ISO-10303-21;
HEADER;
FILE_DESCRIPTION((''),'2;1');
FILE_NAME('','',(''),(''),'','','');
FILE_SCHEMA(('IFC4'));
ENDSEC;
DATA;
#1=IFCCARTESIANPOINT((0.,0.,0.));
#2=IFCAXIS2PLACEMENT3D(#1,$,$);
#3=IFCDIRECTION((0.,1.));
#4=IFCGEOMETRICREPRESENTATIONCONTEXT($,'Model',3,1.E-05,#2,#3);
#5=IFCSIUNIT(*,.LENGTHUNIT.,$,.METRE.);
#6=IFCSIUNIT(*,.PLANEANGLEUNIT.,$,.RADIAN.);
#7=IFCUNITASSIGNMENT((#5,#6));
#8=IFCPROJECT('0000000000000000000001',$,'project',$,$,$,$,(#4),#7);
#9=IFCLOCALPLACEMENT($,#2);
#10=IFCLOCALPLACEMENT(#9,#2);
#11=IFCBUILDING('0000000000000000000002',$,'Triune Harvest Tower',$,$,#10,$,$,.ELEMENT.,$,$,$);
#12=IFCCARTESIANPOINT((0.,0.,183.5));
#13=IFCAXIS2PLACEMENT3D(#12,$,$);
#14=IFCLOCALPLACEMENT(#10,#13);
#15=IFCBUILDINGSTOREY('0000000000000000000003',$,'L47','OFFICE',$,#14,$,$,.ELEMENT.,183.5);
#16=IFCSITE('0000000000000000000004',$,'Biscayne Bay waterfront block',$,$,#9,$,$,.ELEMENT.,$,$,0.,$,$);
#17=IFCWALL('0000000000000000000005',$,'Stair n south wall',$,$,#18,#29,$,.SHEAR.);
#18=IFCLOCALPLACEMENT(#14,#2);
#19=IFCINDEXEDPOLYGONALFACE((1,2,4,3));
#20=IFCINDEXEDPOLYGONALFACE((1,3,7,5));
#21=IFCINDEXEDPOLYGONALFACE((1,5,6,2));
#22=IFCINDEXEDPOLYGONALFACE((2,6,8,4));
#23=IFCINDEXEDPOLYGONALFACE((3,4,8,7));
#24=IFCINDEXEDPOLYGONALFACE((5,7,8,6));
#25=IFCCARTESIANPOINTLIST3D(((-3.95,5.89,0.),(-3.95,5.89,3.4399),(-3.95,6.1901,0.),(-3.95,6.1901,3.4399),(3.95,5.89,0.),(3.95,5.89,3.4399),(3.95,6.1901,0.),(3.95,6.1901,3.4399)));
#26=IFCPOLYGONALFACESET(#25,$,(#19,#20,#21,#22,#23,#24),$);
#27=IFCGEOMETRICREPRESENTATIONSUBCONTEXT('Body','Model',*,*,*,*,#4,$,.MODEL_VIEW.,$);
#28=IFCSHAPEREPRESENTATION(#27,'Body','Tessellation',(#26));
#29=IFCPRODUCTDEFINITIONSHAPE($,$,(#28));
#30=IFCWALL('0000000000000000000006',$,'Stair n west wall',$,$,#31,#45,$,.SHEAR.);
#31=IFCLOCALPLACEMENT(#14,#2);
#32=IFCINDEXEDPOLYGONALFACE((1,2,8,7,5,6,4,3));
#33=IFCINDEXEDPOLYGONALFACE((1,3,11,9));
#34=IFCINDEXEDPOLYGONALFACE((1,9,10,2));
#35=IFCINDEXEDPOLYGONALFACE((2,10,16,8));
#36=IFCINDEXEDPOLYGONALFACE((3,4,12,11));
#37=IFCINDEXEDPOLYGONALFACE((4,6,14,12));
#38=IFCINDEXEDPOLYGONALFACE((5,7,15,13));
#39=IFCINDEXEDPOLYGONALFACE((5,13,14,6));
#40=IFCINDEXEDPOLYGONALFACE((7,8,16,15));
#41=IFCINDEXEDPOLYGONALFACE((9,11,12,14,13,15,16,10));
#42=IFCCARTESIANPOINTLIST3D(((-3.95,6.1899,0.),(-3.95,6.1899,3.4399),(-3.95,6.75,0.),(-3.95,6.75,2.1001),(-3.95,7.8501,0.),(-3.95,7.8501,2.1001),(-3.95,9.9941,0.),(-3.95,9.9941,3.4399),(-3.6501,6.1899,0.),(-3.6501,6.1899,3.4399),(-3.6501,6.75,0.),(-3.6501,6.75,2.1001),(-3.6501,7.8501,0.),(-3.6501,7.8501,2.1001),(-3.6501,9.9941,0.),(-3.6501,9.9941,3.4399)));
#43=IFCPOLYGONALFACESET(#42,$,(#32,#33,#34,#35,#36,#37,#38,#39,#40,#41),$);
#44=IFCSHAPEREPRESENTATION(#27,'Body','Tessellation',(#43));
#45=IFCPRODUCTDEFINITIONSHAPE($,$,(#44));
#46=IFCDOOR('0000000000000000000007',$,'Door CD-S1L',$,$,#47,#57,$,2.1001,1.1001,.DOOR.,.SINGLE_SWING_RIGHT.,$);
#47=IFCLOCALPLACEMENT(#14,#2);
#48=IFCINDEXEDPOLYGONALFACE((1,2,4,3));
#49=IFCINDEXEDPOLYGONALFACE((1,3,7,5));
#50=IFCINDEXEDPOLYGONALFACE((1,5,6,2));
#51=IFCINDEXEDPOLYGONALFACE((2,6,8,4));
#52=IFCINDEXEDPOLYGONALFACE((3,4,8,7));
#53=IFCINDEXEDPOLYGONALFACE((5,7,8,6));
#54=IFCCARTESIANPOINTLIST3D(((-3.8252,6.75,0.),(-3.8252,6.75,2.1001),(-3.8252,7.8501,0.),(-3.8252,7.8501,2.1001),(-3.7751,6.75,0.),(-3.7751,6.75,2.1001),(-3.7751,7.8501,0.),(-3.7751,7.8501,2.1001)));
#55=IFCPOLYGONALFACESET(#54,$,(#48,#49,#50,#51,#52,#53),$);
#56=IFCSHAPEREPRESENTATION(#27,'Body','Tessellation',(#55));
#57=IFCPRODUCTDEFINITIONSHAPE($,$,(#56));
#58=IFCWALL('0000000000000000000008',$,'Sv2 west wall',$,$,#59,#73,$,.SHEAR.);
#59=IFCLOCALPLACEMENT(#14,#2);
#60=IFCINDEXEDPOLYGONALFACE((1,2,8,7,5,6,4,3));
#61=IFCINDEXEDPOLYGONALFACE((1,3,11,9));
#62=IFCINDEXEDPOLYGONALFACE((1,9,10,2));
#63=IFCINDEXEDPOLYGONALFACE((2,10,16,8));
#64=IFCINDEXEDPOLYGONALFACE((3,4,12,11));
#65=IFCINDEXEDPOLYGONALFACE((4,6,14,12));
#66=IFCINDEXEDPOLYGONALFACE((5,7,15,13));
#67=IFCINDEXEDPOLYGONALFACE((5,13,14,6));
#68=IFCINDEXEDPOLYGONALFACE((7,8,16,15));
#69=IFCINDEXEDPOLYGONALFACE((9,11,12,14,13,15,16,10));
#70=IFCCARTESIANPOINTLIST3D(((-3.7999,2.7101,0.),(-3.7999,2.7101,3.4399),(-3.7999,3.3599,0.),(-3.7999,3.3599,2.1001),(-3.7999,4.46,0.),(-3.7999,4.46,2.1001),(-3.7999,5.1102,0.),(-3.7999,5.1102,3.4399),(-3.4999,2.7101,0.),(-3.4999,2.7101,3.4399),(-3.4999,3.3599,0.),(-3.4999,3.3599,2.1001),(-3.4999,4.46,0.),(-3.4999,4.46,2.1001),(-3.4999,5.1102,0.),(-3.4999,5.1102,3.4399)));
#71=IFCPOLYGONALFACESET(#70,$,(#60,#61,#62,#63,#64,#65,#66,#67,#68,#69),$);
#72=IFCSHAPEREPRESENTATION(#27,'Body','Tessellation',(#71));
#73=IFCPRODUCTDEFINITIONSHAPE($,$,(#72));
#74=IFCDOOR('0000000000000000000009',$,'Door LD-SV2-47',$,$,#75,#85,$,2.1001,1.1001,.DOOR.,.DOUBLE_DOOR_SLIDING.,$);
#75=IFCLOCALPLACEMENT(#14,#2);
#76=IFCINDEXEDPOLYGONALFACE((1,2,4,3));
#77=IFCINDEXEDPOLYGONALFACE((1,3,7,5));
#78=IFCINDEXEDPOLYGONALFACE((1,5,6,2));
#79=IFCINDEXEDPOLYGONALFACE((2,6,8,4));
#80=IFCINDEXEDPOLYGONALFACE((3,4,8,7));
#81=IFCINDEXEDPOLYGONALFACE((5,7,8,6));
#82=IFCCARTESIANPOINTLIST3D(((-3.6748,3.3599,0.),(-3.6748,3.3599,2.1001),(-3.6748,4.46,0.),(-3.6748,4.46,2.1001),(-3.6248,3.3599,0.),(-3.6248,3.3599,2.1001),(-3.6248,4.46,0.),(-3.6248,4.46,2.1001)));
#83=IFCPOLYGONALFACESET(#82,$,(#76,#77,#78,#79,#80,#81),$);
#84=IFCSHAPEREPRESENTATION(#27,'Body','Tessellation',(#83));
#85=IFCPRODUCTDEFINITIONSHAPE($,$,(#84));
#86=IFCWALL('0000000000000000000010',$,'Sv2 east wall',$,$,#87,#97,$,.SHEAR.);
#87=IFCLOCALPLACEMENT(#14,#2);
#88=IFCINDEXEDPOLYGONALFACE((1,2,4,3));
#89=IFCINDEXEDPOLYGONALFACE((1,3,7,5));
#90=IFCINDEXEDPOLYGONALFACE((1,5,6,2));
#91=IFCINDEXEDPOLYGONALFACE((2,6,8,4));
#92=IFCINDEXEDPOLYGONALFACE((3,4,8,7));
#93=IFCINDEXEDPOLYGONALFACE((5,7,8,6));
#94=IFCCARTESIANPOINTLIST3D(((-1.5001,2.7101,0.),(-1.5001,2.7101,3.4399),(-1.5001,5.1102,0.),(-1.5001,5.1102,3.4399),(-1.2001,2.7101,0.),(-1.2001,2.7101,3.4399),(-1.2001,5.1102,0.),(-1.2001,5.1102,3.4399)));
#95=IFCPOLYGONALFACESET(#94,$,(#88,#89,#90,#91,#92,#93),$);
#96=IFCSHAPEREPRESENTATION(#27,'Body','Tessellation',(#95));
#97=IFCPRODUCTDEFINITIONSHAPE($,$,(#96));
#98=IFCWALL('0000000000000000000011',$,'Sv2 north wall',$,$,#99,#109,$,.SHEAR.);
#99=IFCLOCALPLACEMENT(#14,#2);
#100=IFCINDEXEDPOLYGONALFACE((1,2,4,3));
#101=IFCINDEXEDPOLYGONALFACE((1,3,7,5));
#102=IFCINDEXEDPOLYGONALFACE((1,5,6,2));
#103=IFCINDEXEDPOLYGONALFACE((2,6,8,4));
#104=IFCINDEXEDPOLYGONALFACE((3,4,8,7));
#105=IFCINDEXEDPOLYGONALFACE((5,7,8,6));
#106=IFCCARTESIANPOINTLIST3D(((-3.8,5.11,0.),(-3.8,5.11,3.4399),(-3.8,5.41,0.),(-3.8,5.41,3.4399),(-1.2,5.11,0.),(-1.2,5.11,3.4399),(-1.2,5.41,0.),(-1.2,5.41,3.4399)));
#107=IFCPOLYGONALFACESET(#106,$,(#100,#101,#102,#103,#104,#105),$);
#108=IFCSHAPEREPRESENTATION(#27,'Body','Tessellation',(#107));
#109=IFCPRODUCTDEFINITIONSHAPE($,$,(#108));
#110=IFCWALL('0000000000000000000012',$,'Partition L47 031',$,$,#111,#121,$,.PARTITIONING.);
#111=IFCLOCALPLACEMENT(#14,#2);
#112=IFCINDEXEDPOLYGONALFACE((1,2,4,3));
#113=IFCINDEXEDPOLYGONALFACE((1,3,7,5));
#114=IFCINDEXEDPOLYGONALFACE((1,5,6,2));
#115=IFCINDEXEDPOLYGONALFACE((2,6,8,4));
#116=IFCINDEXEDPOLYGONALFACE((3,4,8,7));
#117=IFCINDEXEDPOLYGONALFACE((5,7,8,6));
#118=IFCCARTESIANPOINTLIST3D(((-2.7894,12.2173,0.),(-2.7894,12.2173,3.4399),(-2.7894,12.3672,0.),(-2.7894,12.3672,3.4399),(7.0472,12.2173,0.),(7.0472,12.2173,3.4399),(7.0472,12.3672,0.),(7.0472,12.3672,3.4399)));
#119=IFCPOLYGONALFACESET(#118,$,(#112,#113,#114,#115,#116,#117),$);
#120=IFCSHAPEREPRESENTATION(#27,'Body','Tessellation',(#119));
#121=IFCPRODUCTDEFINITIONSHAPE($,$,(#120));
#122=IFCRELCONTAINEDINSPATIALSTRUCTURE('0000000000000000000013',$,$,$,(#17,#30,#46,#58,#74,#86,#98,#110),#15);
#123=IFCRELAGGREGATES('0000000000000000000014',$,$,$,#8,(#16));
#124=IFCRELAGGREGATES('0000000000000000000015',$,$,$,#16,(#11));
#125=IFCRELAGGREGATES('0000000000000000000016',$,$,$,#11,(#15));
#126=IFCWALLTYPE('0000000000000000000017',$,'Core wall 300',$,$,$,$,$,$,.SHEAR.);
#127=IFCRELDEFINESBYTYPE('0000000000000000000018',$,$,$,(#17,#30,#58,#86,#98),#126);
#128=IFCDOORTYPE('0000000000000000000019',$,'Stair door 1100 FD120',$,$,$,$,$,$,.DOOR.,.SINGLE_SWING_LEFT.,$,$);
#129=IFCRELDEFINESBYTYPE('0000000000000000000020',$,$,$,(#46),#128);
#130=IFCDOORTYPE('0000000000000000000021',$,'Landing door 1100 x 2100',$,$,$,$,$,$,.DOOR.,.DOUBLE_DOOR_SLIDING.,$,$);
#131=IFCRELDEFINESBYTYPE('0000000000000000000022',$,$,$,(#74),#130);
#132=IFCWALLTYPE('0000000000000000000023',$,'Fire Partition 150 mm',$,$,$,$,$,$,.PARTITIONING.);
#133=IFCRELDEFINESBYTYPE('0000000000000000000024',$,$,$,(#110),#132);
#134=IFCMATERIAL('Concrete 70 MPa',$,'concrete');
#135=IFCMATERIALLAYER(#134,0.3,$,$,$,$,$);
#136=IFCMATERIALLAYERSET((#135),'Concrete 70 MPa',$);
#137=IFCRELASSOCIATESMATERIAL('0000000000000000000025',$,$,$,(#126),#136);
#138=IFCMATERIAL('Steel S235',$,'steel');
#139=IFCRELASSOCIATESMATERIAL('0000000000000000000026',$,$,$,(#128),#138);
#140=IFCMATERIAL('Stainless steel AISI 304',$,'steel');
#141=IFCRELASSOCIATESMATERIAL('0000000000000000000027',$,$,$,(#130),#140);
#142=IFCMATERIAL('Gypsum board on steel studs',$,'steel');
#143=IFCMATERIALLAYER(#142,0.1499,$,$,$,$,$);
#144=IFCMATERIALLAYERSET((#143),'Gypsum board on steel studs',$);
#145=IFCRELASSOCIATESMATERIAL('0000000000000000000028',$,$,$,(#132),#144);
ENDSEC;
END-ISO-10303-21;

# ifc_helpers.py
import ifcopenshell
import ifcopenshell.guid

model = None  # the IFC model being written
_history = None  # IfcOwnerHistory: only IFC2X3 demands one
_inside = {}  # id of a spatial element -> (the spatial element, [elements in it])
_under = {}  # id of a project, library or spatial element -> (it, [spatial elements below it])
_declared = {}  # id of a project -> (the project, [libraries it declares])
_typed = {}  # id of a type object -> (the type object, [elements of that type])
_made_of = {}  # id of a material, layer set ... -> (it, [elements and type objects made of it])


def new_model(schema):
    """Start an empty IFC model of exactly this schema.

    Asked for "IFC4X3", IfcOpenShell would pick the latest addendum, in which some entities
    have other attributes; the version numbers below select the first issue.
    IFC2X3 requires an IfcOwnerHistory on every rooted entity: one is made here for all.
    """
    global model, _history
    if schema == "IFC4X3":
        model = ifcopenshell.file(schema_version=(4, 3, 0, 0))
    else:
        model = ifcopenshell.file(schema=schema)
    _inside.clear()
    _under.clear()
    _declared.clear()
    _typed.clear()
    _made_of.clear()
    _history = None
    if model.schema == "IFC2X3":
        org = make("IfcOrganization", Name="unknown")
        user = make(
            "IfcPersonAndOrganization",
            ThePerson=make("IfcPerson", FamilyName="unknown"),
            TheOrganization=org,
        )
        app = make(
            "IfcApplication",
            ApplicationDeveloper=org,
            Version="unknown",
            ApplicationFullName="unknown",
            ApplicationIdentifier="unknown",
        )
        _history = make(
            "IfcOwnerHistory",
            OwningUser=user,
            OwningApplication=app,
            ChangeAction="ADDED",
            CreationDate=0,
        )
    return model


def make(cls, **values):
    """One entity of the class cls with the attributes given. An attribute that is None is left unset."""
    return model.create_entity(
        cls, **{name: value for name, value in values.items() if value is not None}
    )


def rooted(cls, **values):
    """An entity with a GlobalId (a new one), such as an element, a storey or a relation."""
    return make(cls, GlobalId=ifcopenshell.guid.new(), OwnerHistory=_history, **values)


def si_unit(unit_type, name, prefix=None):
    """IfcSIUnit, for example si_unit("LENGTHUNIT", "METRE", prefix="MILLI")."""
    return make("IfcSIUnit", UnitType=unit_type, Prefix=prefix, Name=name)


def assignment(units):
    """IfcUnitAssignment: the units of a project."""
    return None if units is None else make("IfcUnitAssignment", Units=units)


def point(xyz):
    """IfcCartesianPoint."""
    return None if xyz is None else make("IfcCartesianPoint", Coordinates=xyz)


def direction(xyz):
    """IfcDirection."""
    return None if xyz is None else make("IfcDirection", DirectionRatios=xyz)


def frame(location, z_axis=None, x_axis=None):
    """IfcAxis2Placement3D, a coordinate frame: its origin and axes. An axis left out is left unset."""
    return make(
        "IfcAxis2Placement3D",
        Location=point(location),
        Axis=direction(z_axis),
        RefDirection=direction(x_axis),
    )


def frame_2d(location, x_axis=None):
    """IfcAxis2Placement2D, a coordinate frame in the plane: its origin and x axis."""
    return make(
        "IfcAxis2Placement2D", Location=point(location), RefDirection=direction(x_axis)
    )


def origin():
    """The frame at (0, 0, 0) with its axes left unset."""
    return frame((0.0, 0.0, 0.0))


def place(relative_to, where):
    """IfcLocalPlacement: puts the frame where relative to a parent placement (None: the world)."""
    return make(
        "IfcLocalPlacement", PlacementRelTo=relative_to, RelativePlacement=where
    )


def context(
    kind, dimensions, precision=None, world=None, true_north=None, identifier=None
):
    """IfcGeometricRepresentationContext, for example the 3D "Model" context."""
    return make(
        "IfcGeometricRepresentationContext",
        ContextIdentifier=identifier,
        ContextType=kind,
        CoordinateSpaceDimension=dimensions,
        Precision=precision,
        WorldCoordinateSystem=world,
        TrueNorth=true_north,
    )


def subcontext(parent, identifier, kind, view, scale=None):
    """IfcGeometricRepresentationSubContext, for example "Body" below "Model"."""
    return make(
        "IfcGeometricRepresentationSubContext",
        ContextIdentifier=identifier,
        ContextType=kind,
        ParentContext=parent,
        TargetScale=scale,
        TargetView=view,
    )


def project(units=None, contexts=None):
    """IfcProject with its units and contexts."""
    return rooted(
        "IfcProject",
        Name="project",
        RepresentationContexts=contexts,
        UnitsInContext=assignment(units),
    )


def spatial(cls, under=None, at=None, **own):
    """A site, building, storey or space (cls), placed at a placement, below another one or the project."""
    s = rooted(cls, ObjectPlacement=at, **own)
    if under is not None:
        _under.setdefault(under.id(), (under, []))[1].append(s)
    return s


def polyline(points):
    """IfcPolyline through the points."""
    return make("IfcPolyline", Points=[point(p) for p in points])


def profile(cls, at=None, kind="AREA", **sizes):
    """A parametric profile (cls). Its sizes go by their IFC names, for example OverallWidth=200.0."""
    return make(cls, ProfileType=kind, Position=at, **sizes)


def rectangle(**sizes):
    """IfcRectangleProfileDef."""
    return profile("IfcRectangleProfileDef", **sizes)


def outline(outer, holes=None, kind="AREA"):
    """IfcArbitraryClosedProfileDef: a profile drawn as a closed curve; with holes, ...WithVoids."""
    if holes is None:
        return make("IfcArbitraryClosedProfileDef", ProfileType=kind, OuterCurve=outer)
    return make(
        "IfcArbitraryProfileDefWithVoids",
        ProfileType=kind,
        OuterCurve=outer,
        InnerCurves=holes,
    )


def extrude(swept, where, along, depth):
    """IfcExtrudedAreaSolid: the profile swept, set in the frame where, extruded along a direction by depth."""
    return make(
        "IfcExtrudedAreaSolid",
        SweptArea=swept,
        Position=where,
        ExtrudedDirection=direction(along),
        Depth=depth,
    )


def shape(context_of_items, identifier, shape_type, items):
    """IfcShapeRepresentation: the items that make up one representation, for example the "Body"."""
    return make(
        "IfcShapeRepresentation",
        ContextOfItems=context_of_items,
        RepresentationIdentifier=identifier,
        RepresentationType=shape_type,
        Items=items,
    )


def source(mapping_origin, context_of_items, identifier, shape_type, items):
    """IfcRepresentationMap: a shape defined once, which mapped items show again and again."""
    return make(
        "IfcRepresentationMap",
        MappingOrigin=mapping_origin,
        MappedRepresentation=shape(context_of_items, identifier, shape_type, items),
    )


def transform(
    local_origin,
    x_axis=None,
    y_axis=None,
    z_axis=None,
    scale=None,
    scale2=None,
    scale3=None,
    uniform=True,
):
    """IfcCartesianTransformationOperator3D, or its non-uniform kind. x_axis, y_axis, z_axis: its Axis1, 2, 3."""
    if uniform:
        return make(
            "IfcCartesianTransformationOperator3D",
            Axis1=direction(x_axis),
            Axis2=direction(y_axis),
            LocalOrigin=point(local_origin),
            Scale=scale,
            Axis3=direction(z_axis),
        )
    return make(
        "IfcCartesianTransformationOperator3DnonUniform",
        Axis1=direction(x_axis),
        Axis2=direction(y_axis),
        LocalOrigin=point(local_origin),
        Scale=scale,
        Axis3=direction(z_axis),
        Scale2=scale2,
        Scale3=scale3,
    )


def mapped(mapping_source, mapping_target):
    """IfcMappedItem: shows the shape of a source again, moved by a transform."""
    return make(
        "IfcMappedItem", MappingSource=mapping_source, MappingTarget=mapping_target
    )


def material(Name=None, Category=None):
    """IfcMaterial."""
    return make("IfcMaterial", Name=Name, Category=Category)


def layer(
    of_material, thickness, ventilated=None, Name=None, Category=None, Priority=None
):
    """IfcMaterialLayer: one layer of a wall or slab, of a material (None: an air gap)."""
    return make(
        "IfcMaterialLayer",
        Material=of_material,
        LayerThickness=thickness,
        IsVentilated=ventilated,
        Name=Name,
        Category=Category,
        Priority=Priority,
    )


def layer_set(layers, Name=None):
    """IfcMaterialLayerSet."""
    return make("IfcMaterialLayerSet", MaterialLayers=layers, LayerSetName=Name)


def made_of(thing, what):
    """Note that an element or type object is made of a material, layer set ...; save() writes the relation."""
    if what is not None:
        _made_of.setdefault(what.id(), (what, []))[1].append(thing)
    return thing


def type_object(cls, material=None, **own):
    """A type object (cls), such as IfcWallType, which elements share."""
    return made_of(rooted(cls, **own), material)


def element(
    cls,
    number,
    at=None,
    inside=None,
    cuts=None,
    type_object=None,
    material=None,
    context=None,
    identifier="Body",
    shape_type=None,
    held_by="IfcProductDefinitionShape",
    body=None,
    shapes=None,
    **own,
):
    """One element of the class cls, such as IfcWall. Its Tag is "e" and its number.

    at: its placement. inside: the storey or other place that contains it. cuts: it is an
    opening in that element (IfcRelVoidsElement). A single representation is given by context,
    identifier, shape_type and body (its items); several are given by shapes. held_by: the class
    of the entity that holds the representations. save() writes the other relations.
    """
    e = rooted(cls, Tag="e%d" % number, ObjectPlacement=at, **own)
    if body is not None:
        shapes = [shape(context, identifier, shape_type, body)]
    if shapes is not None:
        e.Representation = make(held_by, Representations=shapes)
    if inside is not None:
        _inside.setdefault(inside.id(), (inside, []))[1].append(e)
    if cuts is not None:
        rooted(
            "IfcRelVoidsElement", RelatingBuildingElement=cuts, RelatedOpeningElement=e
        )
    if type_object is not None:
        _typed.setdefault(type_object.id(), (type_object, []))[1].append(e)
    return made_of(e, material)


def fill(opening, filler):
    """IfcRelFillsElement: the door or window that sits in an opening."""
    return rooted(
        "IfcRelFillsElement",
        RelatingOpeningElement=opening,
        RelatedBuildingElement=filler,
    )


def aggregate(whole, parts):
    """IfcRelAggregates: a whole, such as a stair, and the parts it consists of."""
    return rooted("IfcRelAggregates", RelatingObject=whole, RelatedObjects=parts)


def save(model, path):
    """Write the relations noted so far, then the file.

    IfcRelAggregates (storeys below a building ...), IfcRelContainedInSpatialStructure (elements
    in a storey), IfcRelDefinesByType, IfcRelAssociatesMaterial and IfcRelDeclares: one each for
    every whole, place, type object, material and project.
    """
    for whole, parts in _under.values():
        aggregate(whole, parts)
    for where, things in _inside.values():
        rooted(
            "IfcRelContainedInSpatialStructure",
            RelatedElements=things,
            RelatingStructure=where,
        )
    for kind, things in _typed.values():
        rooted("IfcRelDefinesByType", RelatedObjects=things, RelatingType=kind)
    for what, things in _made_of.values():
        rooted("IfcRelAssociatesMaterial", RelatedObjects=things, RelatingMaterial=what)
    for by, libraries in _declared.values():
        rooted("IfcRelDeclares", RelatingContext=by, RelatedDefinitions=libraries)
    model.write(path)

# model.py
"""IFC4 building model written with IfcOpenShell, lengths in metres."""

from ifc_helpers import new_model, si_unit, direction, frame, frame_2d, origin, place, context, subcontext, project, spatial, polyline, rectangle, outline, extrude, source, transform, mapped, material, layer, layer_set, type_object, element, fill, save


model = new_model("IFC4")

# Units and contexts
model_context = context("Model", 3, precision=1e-05, world=origin(), true_north=direction((0.0, 1.0)))
body_context = subcontext(model_context, "Body", "Model", "MODEL_VIEW")
ifc_project = project(units=[si_unit("LENGTHUNIT", "METRE"), si_unit("PLANEANGLEUNIT", "RADIAN")], contexts=[model_context])

# Site, building, storey
site_placement = place(None, origin())
site = spatial("IfcSite", under=ifc_project, at=site_placement, Name="Biscayne Bay waterfront block", CompositionType="ELEMENT", RefElevation=0.0)
building_placement = place(site_placement, origin())
building = spatial("IfcBuilding", under=site, at=building_placement, Name="Triune Harvest Tower", CompositionType="ELEMENT")
storey_placement = place(building_placement, frame((0.0, 0.0, 183.5)))
storey = spatial("IfcBuildingStorey", under=building, at=storey_placement, Name="L47", Description="OFFICE", CompositionType="ELEMENT", Elevation=183.5)

# Wall
ifc_material_1 = material(Name="Concrete 70 MPa", Category="concrete")
ifc_layer_1 = layer(ifc_material_1, 0.3)
ifc_layer_set_1 = layer_set([ifc_layer_1], Name="Concrete 70 MPa")
wall_type_1 = type_object("IfcWallType", Name="Core wall 300", PredefinedType="SHEAR", material=ifc_layer_set_1)
shared_shape_1 = source(origin(), body_context, "Body", "SweptSolid", [
    extrude(rectangle(XDim=7.8999, YDim=0.3, at=frame_2d((3.95, 0.0))), origin(), (0.0, 0.0, 1.0), 3.4399),
])
wall_1_placement = place(storey_placement, frame((-3.95, 6.04, 0.0), z_axis=(0.0, 0.0, 1.0), x_axis=(1.0, 0.0, 0.0)))
element("IfcWall", 1, at=wall_1_placement, inside=storey, type_object=wall_type_1, Name="Stair n south wall", PredefinedType="SHEAR", context=body_context, shape_type="MappedRepresentation", body=[
    mapped(shared_shape_1, transform((0.0, 0.0, 0.0), scale=1.0)),
])

# Walls, openings, doors
shared_shape_2 = source(origin(), body_context, "Body", "SweptSolid", [
    extrude(outline(polyline([(0.0, -0.1499), (0.0, 0.1499), (3.8042, 0.1499), (3.8042, -0.1499), (0.0, -0.1499)])), origin(), (0.0, 0.0, 1.0), 3.4399),
])
wall_2_placement = place(storey_placement, frame((-3.8, 6.1899, 0.0), z_axis=(0.0, 0.0, 1.0), x_axis=(0.0, 1.0, 0.0)))
wall_2 = element("IfcWall", 2, at=wall_2_placement, inside=storey, type_object=wall_type_1, Name="Stair n west wall", PredefinedType="SHEAR", context=body_context, shape_type="MappedRepresentation", body=[
    mapped(shared_shape_2, transform((0.0, 0.0, 0.0), scale=1.0)),
])
opening_1_placement = place(wall_2_placement, frame((0.5601, 0.0, 0.0)))
opening_1 = element("IfcOpeningElement", 3, at=opening_1_placement, cuts=wall_2, PredefinedType="OPENING", context=body_context, shape_type="SweptSolid", body=[
    extrude(rectangle(XDim=1.1001, YDim=2.1001, at=frame_2d((0.55, 1.05))), frame((0.0, 0.1602, 0.0), z_axis=(0.0, -1.0, 0.0), x_axis=(1.0, 0.0, 0.0)), (0.0, 0.0, 1.0), 0.3201),
])
ifc_material_2 = material(Name="Steel S235", Category="steel")
door_type_1 = type_object("IfcDoorType", Name="Stair door 1100 FD120", OperationType="SINGLE_SWING_LEFT", PredefinedType="DOOR", material=ifc_material_2)
door_1_placement = place(opening_1_placement, frame((1.1001, 0.0, 0.0), z_axis=(0.0, 0.0, 1.0), x_axis=(-1.0, 0.0, 0.0)))
door_1 = element("IfcDoor", 4, at=door_1_placement, inside=storey, type_object=door_type_1, Name="Door CD-S1L", OperationType="SINGLE_SWING_RIGHT", OverallHeight=2.1001, OverallWidth=1.1001, PredefinedType="DOOR", context=body_context, shape_type="SweptSolid", body=[
    extrude(rectangle(XDim=1.1001, YDim=2.1001, at=frame_2d((0.55, 1.05))), frame((0.0, 0.0249, 0.0), z_axis=(0.0, -1.0, 0.0), x_axis=(1.0, 0.0, 0.0)), (0.0, 0.0, 1.0), 0.05),
])
fill(opening_1, door_1)
shared_shape_3 = source(origin(), body_context, "Body", "SweptSolid", [
    extrude(rectangle(XDim=2.4001, YDim=0.3, at=frame_2d((1.2002, 0.0))), origin(), (0.0, 0.0, 1.0), 3.4399),
])
wall_3_placement = place(storey_placement, frame((-3.6499, 2.71, 0.0), z_axis=(0.0, 0.0, 1.0), x_axis=(0.0, 1.0, 0.0)))
wall_3 = element("IfcWall", 5, at=wall_3_placement, inside=storey, type_object=wall_type_1, Name="Sv2 west wall", PredefinedType="SHEAR", context=body_context, shape_type="MappedRepresentation", body=[
    mapped(shared_shape_3, transform((0.0, 0.0, 0.0), scale=1.0)),
])
opening_2_placement = place(wall_3_placement, frame((0.6499, 0.0, 0.0)))
opening_2 = element("IfcOpeningElement", 6, at=opening_2_placement, cuts=wall_3, PredefinedType="OPENING", context=body_context, shape_type="SweptSolid", body=[
    extrude(rectangle(XDim=1.1001, YDim=2.1001, at=frame_2d((0.55, 1.05))), frame((0.0, 0.1602, 0.0), z_axis=(0.0, -1.0, 0.0), x_axis=(1.0, 0.0, 0.0)), (0.0, 0.0, 1.0), 0.3201),
])
ifc_material_3 = material(Name="Stainless steel AISI 304", Category="steel")
door_type_2 = type_object("IfcDoorType", Name="Landing door 1100 x 2100", OperationType="DOUBLE_DOOR_SLIDING", PredefinedType="DOOR", material=ifc_material_3)
door_2_placement = place(opening_2_placement, origin())
door_2 = element("IfcDoor", 7, at=door_2_placement, inside=storey, type_object=door_type_2, Name="Door LD-SV2-47", OperationType="DOUBLE_DOOR_SLIDING", OverallHeight=2.1001, OverallWidth=1.1001, PredefinedType="DOOR", context=body_context, shape_type="SweptSolid", body=[
    extrude(rectangle(XDim=1.1001, YDim=2.1001, at=frame_2d((0.55, 1.05))), frame((0.0, 0.0249, 0.0), z_axis=(0.0, -1.0, 0.0), x_axis=(1.0, 0.0, 0.0)), (0.0, 0.0, 1.0), 0.05),
])
fill(opening_2, door_2)

# Walls
wall_4_placement = place(storey_placement, frame((-1.3501, 2.71, 0.0), z_axis=(0.0, 0.0, 1.0), x_axis=(0.0, 1.0, 0.0)))
element("IfcWall", 8, at=wall_4_placement, inside=storey, type_object=wall_type_1, Name="Sv2 east wall", PredefinedType="SHEAR", context=body_context, shape_type="MappedRepresentation", body=[
    mapped(shared_shape_3, transform((0.0, 0.0, 0.0), scale=1.0)),
])
shared_shape_4 = source(origin(), body_context, "Body", "SweptSolid", [
    extrude(rectangle(XDim=2.6001, YDim=0.3, at=frame_2d((1.3, 0.0))), origin(), (0.0, 0.0, 1.0), 3.4399),
])
wall_5_placement = place(storey_placement, frame((-3.8, 5.26, 0.0), z_axis=(0.0, 0.0, 1.0), x_axis=(1.0, 0.0, 0.0)))
element("IfcWall", 9, at=wall_5_placement, inside=storey, type_object=wall_type_1, Name="Sv2 north wall", PredefinedType="SHEAR", context=body_context, shape_type="MappedRepresentation", body=[
    mapped(shared_shape_4, transform((0.0, 0.0, 0.0), scale=1.0)),
])
ifc_material_4 = material(Name="Gypsum board on steel studs", Category="steel")
ifc_layer_2 = layer(ifc_material_4, 0.1499)
ifc_layer_set_2 = layer_set([ifc_layer_2], Name="Gypsum board on steel studs")
wall_type_2 = type_object("IfcWallType", Name="Fire Partition 150 mm", PredefinedType="PARTITIONING", material=ifc_layer_set_2)
shared_shape_5 = source(origin(), body_context, "Body", "SweptSolid", [
    extrude(rectangle(XDim=9.8367, YDim=0.1499, at=frame_2d((4.9185, 0.0))), origin(), (0.0, 0.0, 1.0), 3.4399),
])
wall_6_placement = place(storey_placement, frame((-2.7896, 12.2922, 0.0), z_axis=(0.0, 0.0, 1.0), x_axis=(1.0, 0.0, 0.0)))
element("IfcWall", 10, at=wall_6_placement, inside=storey, type_object=wall_type_2, Name="Partition L47 031", PredefinedType="PARTITIONING", context=body_context, shape_type="MappedRepresentation", body=[
    mapped(shared_shape_5, transform((0.0, 0.0, 0.0), scale=1.0)),
])

save(model, "model.ifc")
